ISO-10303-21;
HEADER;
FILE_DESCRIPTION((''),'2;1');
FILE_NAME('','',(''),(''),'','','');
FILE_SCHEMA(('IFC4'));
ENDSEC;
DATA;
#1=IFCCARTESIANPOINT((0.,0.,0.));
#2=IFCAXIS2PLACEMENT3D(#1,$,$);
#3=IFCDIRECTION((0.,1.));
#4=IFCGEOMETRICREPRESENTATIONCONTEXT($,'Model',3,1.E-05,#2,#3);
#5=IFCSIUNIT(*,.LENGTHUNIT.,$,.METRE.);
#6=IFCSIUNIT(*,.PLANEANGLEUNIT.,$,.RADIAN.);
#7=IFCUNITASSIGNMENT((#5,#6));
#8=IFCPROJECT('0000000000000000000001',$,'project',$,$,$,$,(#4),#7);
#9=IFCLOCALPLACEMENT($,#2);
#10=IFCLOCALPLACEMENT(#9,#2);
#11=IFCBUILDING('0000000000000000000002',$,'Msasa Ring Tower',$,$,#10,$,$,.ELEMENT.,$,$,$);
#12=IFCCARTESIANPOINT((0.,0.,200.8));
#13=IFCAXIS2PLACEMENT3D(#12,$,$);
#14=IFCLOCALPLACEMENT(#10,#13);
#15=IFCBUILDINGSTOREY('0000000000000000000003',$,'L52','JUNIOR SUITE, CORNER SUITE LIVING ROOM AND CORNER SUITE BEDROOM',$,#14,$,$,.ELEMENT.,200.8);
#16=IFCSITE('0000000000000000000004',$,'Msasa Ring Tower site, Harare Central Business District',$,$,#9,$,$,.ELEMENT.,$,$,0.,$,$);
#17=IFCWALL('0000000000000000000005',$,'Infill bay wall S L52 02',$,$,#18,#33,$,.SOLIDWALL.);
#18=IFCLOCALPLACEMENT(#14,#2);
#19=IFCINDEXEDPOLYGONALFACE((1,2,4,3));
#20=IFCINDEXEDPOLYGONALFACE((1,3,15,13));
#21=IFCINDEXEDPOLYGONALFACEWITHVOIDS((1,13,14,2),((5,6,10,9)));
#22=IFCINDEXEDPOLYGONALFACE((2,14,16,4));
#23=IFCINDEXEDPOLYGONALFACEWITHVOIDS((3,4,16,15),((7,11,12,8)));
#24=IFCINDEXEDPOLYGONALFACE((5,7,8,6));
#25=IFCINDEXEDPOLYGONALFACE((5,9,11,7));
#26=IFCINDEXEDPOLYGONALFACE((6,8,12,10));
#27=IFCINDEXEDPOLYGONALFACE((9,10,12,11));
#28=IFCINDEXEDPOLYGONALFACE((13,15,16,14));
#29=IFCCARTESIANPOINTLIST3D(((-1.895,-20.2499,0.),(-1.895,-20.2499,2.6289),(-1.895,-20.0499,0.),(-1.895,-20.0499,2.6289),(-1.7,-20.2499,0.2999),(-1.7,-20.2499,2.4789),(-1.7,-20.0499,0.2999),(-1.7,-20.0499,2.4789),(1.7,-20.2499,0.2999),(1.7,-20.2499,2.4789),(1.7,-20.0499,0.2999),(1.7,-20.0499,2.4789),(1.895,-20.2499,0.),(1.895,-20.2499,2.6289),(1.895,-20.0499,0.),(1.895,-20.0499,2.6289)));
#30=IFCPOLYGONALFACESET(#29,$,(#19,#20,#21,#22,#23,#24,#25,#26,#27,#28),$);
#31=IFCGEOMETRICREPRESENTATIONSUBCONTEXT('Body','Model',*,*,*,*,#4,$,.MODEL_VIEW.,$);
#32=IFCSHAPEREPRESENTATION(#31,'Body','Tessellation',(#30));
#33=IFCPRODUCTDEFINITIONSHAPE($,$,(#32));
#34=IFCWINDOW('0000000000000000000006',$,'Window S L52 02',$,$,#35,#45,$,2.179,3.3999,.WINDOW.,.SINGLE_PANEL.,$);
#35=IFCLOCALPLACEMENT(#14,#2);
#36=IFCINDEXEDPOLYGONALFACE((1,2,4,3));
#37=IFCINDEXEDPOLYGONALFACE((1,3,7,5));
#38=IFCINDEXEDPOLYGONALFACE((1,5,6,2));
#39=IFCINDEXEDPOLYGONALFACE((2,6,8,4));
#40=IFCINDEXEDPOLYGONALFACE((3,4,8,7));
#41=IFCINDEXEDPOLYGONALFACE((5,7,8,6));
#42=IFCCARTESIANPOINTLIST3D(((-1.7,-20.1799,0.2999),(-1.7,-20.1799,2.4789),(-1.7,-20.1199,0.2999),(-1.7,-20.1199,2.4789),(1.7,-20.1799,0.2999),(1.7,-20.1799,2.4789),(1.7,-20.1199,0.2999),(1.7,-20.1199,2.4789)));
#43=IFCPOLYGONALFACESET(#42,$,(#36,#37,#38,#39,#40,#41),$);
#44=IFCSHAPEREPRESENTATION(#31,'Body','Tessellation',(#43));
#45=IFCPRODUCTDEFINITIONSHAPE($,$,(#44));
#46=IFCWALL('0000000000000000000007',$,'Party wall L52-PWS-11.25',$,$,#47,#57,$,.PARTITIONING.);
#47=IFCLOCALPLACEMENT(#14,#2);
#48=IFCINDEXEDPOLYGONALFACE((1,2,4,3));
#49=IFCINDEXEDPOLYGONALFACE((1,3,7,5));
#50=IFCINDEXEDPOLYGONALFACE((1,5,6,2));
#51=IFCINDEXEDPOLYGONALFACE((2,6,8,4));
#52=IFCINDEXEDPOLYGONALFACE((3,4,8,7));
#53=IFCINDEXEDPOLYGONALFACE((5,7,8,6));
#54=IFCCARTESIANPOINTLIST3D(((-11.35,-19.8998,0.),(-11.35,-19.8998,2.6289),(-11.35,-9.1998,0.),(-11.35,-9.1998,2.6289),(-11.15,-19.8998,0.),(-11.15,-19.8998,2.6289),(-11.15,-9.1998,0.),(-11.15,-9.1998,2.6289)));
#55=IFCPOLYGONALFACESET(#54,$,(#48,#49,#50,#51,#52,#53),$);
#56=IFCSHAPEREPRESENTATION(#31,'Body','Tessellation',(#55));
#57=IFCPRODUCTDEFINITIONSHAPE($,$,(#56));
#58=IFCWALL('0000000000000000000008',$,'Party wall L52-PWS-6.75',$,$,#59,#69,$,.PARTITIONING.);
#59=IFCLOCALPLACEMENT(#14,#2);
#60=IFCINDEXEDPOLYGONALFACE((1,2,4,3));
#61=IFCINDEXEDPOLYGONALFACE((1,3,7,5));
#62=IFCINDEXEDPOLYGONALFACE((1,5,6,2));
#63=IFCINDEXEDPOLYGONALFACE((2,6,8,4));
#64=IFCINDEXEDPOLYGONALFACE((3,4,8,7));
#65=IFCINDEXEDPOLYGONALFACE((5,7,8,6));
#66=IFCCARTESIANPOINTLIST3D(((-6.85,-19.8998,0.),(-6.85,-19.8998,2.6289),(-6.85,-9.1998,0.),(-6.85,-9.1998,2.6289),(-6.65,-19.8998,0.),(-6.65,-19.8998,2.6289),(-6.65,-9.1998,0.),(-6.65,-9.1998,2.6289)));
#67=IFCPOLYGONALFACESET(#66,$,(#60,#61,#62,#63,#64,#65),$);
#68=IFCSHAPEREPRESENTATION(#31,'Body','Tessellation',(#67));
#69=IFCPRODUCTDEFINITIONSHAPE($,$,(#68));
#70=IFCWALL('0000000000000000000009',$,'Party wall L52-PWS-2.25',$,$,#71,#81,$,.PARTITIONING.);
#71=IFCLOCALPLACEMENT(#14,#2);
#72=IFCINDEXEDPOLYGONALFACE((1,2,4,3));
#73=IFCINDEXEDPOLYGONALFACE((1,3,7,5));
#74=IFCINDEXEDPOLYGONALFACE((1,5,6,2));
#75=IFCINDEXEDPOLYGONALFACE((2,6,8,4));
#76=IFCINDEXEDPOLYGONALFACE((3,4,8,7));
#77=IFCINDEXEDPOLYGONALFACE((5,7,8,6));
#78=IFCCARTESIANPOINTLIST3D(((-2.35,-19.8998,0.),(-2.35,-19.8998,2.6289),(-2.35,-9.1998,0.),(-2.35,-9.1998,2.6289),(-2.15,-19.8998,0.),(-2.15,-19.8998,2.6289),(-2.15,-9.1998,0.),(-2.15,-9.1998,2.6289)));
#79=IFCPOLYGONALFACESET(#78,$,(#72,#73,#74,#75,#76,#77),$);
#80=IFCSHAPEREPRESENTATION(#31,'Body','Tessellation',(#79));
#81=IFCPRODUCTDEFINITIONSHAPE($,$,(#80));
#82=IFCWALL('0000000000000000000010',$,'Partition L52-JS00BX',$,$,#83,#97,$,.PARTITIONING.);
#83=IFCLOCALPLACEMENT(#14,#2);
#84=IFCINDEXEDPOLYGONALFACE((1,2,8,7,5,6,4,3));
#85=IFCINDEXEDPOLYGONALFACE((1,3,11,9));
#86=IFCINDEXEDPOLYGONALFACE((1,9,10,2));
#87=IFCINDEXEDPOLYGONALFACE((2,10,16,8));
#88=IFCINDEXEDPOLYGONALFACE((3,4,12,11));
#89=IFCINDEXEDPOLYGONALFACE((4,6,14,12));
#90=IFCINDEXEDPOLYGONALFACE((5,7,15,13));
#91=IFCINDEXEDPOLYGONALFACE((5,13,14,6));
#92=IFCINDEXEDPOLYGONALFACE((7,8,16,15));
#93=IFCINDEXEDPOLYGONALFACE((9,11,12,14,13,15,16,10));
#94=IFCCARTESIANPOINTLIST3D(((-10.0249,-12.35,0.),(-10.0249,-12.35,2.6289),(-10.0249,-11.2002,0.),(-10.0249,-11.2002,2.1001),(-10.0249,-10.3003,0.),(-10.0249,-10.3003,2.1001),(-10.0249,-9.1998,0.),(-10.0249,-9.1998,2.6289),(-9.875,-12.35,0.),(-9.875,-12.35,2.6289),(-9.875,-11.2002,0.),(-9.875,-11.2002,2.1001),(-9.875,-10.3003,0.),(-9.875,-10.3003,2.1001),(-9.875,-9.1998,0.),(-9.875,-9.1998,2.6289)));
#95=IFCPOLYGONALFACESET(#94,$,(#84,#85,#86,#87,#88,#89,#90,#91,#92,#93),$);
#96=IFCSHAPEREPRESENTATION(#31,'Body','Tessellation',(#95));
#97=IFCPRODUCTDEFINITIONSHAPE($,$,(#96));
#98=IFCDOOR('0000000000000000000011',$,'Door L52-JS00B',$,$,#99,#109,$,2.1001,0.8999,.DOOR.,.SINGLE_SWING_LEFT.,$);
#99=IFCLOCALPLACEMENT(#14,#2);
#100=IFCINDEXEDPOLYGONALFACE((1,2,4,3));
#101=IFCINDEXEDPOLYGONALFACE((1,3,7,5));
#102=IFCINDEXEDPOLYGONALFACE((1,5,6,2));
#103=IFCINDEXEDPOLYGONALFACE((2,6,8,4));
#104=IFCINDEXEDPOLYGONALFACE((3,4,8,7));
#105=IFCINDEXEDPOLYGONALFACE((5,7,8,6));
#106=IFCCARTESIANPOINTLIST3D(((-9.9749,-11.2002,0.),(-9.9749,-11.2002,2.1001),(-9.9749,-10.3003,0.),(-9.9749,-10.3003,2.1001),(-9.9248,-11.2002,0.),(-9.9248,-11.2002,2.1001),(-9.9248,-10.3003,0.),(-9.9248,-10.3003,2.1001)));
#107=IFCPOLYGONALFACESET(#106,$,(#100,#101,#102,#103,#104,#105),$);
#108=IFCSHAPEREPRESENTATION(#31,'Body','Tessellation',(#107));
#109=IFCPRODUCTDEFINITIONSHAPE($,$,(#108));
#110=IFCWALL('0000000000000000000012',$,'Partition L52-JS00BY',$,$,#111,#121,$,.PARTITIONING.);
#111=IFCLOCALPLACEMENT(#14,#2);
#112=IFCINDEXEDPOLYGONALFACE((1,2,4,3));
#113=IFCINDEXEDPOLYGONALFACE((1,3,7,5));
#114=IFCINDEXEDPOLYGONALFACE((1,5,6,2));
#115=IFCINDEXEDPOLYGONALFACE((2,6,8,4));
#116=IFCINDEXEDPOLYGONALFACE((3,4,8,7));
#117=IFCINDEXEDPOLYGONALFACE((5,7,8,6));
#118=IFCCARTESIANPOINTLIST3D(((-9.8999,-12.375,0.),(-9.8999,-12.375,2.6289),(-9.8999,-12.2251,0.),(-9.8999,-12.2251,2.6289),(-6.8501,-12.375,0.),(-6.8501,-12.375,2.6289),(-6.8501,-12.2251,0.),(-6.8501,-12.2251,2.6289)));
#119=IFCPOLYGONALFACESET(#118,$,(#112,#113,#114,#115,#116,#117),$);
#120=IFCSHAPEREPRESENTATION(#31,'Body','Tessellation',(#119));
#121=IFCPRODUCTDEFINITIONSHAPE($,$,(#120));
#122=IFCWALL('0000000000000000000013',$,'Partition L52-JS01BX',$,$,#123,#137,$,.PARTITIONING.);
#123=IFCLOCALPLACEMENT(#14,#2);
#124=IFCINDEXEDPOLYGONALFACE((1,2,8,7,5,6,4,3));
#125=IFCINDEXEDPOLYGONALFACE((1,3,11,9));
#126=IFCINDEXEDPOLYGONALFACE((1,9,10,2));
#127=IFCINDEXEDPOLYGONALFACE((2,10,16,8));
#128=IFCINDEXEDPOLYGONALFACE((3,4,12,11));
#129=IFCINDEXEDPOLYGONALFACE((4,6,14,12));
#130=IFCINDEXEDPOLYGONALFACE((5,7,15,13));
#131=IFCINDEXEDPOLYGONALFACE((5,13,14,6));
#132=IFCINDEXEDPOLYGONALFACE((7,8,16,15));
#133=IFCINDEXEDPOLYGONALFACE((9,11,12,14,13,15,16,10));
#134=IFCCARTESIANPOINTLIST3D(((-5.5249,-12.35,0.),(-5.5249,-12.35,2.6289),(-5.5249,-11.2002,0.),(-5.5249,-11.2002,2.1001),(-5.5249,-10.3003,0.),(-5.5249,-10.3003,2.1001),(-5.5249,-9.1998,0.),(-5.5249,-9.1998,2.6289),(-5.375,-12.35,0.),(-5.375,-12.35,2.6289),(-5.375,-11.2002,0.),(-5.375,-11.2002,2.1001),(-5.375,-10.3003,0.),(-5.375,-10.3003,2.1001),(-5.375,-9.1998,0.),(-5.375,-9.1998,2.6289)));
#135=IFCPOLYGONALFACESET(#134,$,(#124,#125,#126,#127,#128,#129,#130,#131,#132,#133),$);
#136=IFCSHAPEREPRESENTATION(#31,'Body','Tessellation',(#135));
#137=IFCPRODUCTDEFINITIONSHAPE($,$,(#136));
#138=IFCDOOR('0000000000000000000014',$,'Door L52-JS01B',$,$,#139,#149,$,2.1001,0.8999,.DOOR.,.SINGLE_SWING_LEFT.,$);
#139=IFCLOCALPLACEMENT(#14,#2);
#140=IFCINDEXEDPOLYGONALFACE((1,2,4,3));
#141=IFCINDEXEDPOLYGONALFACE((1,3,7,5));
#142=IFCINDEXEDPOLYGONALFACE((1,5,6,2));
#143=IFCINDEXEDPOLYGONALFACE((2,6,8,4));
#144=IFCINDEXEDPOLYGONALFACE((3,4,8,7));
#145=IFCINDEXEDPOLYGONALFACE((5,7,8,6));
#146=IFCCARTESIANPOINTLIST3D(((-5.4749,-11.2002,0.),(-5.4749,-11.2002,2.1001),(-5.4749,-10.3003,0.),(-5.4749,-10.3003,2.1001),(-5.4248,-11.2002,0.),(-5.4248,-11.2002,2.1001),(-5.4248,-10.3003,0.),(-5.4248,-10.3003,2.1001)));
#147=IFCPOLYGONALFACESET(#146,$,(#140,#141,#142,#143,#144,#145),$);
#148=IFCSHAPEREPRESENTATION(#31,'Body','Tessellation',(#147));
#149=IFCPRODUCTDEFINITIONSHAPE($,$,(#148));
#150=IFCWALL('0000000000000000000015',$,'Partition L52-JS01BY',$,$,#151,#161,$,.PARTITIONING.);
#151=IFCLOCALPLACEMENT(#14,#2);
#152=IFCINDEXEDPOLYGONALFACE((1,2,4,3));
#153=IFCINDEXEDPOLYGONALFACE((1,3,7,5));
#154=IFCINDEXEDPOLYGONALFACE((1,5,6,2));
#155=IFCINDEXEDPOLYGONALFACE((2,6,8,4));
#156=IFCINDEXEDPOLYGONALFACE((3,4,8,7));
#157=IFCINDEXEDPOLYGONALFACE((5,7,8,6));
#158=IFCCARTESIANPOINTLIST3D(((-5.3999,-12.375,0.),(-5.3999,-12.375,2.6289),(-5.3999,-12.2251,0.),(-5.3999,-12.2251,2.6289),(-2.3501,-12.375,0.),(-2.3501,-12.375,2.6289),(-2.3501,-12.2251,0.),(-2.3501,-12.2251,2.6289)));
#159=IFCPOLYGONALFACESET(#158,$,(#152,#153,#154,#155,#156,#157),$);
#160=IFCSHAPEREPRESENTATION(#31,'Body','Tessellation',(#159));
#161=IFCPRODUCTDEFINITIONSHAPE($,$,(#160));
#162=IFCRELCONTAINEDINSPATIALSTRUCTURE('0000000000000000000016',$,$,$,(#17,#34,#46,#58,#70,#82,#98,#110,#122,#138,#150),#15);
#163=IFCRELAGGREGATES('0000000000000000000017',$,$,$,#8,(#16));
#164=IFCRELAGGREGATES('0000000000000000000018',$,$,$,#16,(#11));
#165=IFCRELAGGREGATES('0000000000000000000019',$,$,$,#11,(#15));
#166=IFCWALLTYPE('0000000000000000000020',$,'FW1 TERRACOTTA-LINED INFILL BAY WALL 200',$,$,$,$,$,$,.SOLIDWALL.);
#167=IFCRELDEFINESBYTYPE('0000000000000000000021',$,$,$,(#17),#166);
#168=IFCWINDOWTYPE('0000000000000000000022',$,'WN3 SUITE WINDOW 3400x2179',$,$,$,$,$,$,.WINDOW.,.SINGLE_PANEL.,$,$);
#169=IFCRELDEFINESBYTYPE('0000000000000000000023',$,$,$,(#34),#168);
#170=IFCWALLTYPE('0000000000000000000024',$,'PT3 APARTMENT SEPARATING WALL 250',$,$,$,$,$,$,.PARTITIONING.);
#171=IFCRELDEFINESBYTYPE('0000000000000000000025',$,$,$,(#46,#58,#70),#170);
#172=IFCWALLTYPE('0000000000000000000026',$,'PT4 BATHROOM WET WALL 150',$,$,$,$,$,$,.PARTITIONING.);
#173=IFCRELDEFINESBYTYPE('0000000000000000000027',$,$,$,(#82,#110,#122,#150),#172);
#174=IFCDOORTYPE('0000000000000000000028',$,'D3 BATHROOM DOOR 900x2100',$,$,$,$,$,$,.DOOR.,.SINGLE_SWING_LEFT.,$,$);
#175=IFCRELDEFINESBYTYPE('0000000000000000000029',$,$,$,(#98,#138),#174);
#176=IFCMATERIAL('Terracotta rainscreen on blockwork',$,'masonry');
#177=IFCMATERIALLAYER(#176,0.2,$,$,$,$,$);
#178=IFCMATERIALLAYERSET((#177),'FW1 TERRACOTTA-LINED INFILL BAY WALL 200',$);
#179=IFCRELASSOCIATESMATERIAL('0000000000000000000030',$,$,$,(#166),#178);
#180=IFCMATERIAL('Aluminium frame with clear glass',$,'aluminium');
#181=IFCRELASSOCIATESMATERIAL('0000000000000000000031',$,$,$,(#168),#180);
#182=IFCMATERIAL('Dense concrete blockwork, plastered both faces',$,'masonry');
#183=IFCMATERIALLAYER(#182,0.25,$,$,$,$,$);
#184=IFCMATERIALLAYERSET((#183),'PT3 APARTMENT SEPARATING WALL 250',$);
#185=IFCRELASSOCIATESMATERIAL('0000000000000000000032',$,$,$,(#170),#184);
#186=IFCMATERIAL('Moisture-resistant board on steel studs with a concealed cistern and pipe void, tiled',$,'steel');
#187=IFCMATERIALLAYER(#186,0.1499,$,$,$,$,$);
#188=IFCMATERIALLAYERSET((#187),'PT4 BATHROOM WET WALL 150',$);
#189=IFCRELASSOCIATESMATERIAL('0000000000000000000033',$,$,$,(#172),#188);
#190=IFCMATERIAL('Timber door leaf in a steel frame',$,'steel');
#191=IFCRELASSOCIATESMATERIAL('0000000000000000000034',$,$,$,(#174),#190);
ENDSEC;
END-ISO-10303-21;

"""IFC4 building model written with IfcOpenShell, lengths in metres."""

from ifc_helpers import new_model, si_unit, direction, frame, frame_2d, origin, place, context, subcontext, project, spatial, rectangle, extrude, material, layer, layer_set, type_object, element, fill, save


model = new_model("IFC4")

# Units and contexts
model_context = context("Model", 3, precision=1e-05, world=origin(), true_north=direction((0.0, 1.0)))
body_context = subcontext(model_context, "Body", "Model", "MODEL_VIEW")
ifc_project = project(units=[si_unit("LENGTHUNIT", "METRE"), si_unit("PLANEANGLEUNIT", "RADIAN")], contexts=[model_context])

# Site, building, storey
site_placement = place(None, origin())
site = spatial("IfcSite", under=ifc_project, at=site_placement, Name="Msasa Ring Tower site, Harare Central Business District", CompositionType="ELEMENT", RefElevation=0.0)
building_placement = place(site_placement, origin())
building = spatial("IfcBuilding", under=site, at=building_placement, Name="Msasa Ring Tower", CompositionType="ELEMENT")
storey_placement = place(building_placement, frame((0.0, 0.0, 200.8)))
storey = spatial("IfcBuildingStorey", under=building, at=storey_placement, Name="L52", Description="JUNIOR SUITE, CORNER SUITE LIVING ROOM AND CORNER SUITE BEDROOM", CompositionType="ELEMENT", Elevation=200.8)

# Wall, opening, window
ifc_material_1 = material(Name="Terracotta rainscreen on blockwork", Category="masonry")
ifc_layer_1 = layer(ifc_material_1, 0.2)
ifc_layer_set_1 = layer_set([ifc_layer_1], Name="FW1 TERRACOTTA-LINED INFILL BAY WALL 200")
wall_type_1 = type_object("IfcWallType", Name="FW1 TERRACOTTA-LINED INFILL BAY WALL 200", PredefinedType="SOLIDWALL", material=ifc_layer_set_1)
ifc_material_2 = material(Name="Aluminium frame with clear glass", Category="aluminium")
window_type = type_object("IfcWindowType", Name="WN3 SUITE WINDOW 3400x2179", PartitioningType="SINGLE_PANEL", PredefinedType="WINDOW", material=ifc_material_2)
wall_1_placement = place(storey_placement, frame((-1.895, -20.1499, 0.0), z_axis=(0.0, 0.0, 1.0), x_axis=(1.0, 0.0, 0.0)))
wall_1 = element("IfcWall", 1, at=wall_1_placement, inside=storey, type_object=wall_type_1, Name="Infill bay wall S L52 02", PredefinedType="SOLIDWALL", context=body_context, shape_type="SweptSolid", body=[
    extrude(rectangle(XDim=3.79, YDim=0.2, at=frame_2d((1.895, 0.0))), origin(), (0.0, 0.0, 1.0), 2.6289),
])
opening_1_placement = place(wall_1_placement, frame((0.1951, 0.0, 0.3)))
opening_1 = element("IfcOpeningElement", 2, at=opening_1_placement, cuts=wall_1, PredefinedType="OPENING", context=body_context, shape_type="SweptSolid", body=[
    extrude(rectangle(XDim=3.3999, YDim=2.179, at=frame_2d((1.7, 1.0894))), frame((0.0, 0.1099, 0.0), z_axis=(0.0, -1.0, 0.0), x_axis=(1.0, 0.0, 0.0)), (0.0, 0.0, 1.0), 0.22),
])
window_1_placement = place(opening_1_placement, origin())
window_1 = element("IfcWindow", 3, at=window_1_placement, inside=storey, type_object=window_type, Name="Window S L52 02", OverallHeight=2.179, OverallWidth=3.3999, PartitioningType="SINGLE_PANEL", PredefinedType="WINDOW", context=body_context, shape_type="SweptSolid", body=[
    extrude(rectangle(XDim=3.3999, YDim=2.179, at=frame_2d((1.7, 1.0894))), frame((0.0, 0.03, 0.0), z_axis=(0.0, -1.0, 0.0), x_axis=(1.0, 0.0, 0.0)), (0.0, 0.0, 1.0), 0.0601),
])
fill(opening_1, window_1)

# Walls
ifc_material_3 = material(Name="Dense concrete blockwork, plastered both faces", Category="masonry")
ifc_layer_2 = layer(ifc_material_3, 0.25)
ifc_layer_set_2 = layer_set([ifc_layer_2], Name="PT3 APARTMENT SEPARATING WALL 250")
wall_type_2 = type_object("IfcWallType", Name="PT3 APARTMENT SEPARATING WALL 250", PredefinedType="PARTITIONING", material=ifc_layer_set_2)
for number, where, z_axis, x_axis, name in (
    (4, (-11.25, -19.8999, 0.0), (0.0, 0.0, 1.0), (0.0, 1.0, 0.0), "Party wall L52-PWS-11.25"),
    (5, (-6.75, -19.8999, 0.0), (0.0, 0.0, 1.0), (0.0, 1.0, 0.0), "Party wall L52-PWS-6.75"),
    (6, (-2.25, -19.8999, 0.0), (0.0, 0.0, 1.0), (0.0, 1.0, 0.0), "Party wall L52-PWS-2.25"),
):
    element("IfcWall", number, at=place(storey_placement, frame(where, z_axis=z_axis, x_axis=x_axis)), inside=storey, type_object=wall_type_2, Name=name, PredefinedType="PARTITIONING", context=body_context, shape_type="SweptSolid", body=[
        extrude(rectangle(XDim=10.7, YDim=0.2, at=frame_2d((5.3501, 0.0))), origin(), (0.0, 0.0, 1.0), 2.6289),
    ])

# Wall, opening, door
ifc_material_4 = material(Name="Moisture-resistant board on steel studs with a concealed cistern and pipe void, tiled", Category="steel")
ifc_layer_3 = layer(ifc_material_4, 0.1499)
ifc_layer_set_3 = layer_set([ifc_layer_3], Name="PT4 BATHROOM WET WALL 150")
wall_type_3 = type_object("IfcWallType", Name="PT4 BATHROOM WET WALL 150", PredefinedType="PARTITIONING", material=ifc_layer_set_3)
wall_2_placement = place(storey_placement, frame((-9.95, -12.3501, 0.0), z_axis=(0.0, 0.0, 1.0), x_axis=(0.0, 1.0, 0.0)))
wall_2 = element("IfcWall", 7, at=wall_2_placement, inside=storey, type_object=wall_type_3, Name="Partition L52-JS00BX", PredefinedType="PARTITIONING", context=body_context, shape_type="SweptSolid", body=[
    extrude(rectangle(XDim=3.1501, YDim=0.1499, at=frame_2d((1.5752, 0.0))), origin(), (0.0, 0.0, 1.0), 2.6289),
])
opening_2_placement = place(wall_2_placement, frame((1.1499, 0.0, 0.0)))
opening_2 = element("IfcOpeningElement", 8, at=opening_2_placement, cuts=wall_2, PredefinedType="OPENING", context=body_context, shape_type="SweptSolid", body=[
    extrude(rectangle(XDim=0.8999, YDim=2.1001, at=frame_2d((0.45, 1.05))), frame((0.0, 0.085, 0.0), z_axis=(0.0, -1.0, 0.0), x_axis=(1.0, 0.0, 0.0)), (0.0, 0.0, 1.0), 0.1699),
])
ifc_material_5 = material(Name="Timber door leaf in a steel frame", Category="steel")
door_type = type_object("IfcDoorType", Name="D3 BATHROOM DOOR 900x2100", OperationType="SINGLE_SWING_LEFT", PredefinedType="DOOR", material=ifc_material_5)
door_1_placement = place(opening_2_placement, origin())
door_1 = element("IfcDoor", 9, at=door_1_placement, inside=storey, type_object=door_type, Name="Door L52-JS00B", OperationType="SINGLE_SWING_LEFT", OverallHeight=2.1001, OverallWidth=0.8999, PredefinedType="DOOR", context=body_context, shape_type="SweptSolid", body=[
    extrude(rectangle(XDim=0.8999, YDim=2.1001, at=frame_2d((0.45, 1.05))), frame((0.0, 0.0249, 0.0), z_axis=(0.0, -1.0, 0.0), x_axis=(1.0, 0.0, 0.0)), (0.0, 0.0, 1.0), 0.05),
])
fill(opening_2, door_1)

# Wall
wall_3_placement = place(storey_placement, frame((-9.8999, -12.3, 0.0), z_axis=(0.0, 0.0, 1.0), x_axis=(1.0, 0.0, 0.0)))
element("IfcWall", 10, at=wall_3_placement, inside=storey, type_object=wall_type_3, Name="Partition L52-JS00BY", PredefinedType="PARTITIONING", context=body_context, shape_type="SweptSolid", body=[
    extrude(rectangle(XDim=3.0498, YDim=0.1499, at=frame_2d((1.5249, 0.0))), origin(), (0.0, 0.0, 1.0), 2.6289),
])

# Wall, opening, door
wall_4_placement = place(storey_placement, frame((-5.45, -12.3501, 0.0), z_axis=(0.0, 0.0, 1.0), x_axis=(0.0, 1.0, 0.0)))
wall_4 = element("IfcWall", 11, at=wall_4_placement, inside=storey, type_object=wall_type_3, Name="Partition L52-JS01BX", PredefinedType="PARTITIONING", context=body_context, shape_type="SweptSolid", body=[
    extrude(rectangle(XDim=3.1501, YDim=0.1499, at=frame_2d((1.5752, 0.0))), origin(), (0.0, 0.0, 1.0), 2.6289),
])
opening_3_placement = place(wall_4_placement, frame((1.1499, 0.0, 0.0)))
opening_3 = element("IfcOpeningElement", 12, at=opening_3_placement, cuts=wall_4, PredefinedType="OPENING", context=body_context, shape_type="SweptSolid", body=[
    extrude(rectangle(XDim=0.8999, YDim=2.1001, at=frame_2d((0.45, 1.05))), frame((0.0, 0.085, 0.0), z_axis=(0.0, -1.0, 0.0), x_axis=(1.0, 0.0, 0.0)), (0.0, 0.0, 1.0), 0.1699),
])
door_2_placement = place(opening_3_placement, origin())
door_2 = element("IfcDoor", 13, at=door_2_placement, inside=storey, type_object=door_type, Name="Door L52-JS01B", OperationType="SINGLE_SWING_LEFT", OverallHeight=2.1001, OverallWidth=0.8999, PredefinedType="DOOR", context=body_context, shape_type="SweptSolid", body=[
    extrude(rectangle(XDim=0.8999, YDim=2.1001, at=frame_2d((0.45, 1.05))), frame((0.0, 0.0249, 0.0), z_axis=(0.0, -1.0, 0.0), x_axis=(1.0, 0.0, 0.0)), (0.0, 0.0, 1.0), 0.05),
])
fill(opening_3, door_2)

# Wall
wall_5_placement = place(storey_placement, frame((-5.3999, -12.3, 0.0), z_axis=(0.0, 0.0, 1.0), x_axis=(1.0, 0.0, 0.0)))
element("IfcWall", 14, at=wall_5_placement, inside=storey, type_object=wall_type_3, Name="Partition L52-JS01BY", PredefinedType="PARTITIONING", context=body_context, shape_type="SweptSolid", body=[
    extrude(rectangle(XDim=3.0498, YDim=0.1499, at=frame_2d((1.5249, 0.0))), origin(), (0.0, 0.0, 1.0), 2.6289),
])

save(model, "model.ifc")
